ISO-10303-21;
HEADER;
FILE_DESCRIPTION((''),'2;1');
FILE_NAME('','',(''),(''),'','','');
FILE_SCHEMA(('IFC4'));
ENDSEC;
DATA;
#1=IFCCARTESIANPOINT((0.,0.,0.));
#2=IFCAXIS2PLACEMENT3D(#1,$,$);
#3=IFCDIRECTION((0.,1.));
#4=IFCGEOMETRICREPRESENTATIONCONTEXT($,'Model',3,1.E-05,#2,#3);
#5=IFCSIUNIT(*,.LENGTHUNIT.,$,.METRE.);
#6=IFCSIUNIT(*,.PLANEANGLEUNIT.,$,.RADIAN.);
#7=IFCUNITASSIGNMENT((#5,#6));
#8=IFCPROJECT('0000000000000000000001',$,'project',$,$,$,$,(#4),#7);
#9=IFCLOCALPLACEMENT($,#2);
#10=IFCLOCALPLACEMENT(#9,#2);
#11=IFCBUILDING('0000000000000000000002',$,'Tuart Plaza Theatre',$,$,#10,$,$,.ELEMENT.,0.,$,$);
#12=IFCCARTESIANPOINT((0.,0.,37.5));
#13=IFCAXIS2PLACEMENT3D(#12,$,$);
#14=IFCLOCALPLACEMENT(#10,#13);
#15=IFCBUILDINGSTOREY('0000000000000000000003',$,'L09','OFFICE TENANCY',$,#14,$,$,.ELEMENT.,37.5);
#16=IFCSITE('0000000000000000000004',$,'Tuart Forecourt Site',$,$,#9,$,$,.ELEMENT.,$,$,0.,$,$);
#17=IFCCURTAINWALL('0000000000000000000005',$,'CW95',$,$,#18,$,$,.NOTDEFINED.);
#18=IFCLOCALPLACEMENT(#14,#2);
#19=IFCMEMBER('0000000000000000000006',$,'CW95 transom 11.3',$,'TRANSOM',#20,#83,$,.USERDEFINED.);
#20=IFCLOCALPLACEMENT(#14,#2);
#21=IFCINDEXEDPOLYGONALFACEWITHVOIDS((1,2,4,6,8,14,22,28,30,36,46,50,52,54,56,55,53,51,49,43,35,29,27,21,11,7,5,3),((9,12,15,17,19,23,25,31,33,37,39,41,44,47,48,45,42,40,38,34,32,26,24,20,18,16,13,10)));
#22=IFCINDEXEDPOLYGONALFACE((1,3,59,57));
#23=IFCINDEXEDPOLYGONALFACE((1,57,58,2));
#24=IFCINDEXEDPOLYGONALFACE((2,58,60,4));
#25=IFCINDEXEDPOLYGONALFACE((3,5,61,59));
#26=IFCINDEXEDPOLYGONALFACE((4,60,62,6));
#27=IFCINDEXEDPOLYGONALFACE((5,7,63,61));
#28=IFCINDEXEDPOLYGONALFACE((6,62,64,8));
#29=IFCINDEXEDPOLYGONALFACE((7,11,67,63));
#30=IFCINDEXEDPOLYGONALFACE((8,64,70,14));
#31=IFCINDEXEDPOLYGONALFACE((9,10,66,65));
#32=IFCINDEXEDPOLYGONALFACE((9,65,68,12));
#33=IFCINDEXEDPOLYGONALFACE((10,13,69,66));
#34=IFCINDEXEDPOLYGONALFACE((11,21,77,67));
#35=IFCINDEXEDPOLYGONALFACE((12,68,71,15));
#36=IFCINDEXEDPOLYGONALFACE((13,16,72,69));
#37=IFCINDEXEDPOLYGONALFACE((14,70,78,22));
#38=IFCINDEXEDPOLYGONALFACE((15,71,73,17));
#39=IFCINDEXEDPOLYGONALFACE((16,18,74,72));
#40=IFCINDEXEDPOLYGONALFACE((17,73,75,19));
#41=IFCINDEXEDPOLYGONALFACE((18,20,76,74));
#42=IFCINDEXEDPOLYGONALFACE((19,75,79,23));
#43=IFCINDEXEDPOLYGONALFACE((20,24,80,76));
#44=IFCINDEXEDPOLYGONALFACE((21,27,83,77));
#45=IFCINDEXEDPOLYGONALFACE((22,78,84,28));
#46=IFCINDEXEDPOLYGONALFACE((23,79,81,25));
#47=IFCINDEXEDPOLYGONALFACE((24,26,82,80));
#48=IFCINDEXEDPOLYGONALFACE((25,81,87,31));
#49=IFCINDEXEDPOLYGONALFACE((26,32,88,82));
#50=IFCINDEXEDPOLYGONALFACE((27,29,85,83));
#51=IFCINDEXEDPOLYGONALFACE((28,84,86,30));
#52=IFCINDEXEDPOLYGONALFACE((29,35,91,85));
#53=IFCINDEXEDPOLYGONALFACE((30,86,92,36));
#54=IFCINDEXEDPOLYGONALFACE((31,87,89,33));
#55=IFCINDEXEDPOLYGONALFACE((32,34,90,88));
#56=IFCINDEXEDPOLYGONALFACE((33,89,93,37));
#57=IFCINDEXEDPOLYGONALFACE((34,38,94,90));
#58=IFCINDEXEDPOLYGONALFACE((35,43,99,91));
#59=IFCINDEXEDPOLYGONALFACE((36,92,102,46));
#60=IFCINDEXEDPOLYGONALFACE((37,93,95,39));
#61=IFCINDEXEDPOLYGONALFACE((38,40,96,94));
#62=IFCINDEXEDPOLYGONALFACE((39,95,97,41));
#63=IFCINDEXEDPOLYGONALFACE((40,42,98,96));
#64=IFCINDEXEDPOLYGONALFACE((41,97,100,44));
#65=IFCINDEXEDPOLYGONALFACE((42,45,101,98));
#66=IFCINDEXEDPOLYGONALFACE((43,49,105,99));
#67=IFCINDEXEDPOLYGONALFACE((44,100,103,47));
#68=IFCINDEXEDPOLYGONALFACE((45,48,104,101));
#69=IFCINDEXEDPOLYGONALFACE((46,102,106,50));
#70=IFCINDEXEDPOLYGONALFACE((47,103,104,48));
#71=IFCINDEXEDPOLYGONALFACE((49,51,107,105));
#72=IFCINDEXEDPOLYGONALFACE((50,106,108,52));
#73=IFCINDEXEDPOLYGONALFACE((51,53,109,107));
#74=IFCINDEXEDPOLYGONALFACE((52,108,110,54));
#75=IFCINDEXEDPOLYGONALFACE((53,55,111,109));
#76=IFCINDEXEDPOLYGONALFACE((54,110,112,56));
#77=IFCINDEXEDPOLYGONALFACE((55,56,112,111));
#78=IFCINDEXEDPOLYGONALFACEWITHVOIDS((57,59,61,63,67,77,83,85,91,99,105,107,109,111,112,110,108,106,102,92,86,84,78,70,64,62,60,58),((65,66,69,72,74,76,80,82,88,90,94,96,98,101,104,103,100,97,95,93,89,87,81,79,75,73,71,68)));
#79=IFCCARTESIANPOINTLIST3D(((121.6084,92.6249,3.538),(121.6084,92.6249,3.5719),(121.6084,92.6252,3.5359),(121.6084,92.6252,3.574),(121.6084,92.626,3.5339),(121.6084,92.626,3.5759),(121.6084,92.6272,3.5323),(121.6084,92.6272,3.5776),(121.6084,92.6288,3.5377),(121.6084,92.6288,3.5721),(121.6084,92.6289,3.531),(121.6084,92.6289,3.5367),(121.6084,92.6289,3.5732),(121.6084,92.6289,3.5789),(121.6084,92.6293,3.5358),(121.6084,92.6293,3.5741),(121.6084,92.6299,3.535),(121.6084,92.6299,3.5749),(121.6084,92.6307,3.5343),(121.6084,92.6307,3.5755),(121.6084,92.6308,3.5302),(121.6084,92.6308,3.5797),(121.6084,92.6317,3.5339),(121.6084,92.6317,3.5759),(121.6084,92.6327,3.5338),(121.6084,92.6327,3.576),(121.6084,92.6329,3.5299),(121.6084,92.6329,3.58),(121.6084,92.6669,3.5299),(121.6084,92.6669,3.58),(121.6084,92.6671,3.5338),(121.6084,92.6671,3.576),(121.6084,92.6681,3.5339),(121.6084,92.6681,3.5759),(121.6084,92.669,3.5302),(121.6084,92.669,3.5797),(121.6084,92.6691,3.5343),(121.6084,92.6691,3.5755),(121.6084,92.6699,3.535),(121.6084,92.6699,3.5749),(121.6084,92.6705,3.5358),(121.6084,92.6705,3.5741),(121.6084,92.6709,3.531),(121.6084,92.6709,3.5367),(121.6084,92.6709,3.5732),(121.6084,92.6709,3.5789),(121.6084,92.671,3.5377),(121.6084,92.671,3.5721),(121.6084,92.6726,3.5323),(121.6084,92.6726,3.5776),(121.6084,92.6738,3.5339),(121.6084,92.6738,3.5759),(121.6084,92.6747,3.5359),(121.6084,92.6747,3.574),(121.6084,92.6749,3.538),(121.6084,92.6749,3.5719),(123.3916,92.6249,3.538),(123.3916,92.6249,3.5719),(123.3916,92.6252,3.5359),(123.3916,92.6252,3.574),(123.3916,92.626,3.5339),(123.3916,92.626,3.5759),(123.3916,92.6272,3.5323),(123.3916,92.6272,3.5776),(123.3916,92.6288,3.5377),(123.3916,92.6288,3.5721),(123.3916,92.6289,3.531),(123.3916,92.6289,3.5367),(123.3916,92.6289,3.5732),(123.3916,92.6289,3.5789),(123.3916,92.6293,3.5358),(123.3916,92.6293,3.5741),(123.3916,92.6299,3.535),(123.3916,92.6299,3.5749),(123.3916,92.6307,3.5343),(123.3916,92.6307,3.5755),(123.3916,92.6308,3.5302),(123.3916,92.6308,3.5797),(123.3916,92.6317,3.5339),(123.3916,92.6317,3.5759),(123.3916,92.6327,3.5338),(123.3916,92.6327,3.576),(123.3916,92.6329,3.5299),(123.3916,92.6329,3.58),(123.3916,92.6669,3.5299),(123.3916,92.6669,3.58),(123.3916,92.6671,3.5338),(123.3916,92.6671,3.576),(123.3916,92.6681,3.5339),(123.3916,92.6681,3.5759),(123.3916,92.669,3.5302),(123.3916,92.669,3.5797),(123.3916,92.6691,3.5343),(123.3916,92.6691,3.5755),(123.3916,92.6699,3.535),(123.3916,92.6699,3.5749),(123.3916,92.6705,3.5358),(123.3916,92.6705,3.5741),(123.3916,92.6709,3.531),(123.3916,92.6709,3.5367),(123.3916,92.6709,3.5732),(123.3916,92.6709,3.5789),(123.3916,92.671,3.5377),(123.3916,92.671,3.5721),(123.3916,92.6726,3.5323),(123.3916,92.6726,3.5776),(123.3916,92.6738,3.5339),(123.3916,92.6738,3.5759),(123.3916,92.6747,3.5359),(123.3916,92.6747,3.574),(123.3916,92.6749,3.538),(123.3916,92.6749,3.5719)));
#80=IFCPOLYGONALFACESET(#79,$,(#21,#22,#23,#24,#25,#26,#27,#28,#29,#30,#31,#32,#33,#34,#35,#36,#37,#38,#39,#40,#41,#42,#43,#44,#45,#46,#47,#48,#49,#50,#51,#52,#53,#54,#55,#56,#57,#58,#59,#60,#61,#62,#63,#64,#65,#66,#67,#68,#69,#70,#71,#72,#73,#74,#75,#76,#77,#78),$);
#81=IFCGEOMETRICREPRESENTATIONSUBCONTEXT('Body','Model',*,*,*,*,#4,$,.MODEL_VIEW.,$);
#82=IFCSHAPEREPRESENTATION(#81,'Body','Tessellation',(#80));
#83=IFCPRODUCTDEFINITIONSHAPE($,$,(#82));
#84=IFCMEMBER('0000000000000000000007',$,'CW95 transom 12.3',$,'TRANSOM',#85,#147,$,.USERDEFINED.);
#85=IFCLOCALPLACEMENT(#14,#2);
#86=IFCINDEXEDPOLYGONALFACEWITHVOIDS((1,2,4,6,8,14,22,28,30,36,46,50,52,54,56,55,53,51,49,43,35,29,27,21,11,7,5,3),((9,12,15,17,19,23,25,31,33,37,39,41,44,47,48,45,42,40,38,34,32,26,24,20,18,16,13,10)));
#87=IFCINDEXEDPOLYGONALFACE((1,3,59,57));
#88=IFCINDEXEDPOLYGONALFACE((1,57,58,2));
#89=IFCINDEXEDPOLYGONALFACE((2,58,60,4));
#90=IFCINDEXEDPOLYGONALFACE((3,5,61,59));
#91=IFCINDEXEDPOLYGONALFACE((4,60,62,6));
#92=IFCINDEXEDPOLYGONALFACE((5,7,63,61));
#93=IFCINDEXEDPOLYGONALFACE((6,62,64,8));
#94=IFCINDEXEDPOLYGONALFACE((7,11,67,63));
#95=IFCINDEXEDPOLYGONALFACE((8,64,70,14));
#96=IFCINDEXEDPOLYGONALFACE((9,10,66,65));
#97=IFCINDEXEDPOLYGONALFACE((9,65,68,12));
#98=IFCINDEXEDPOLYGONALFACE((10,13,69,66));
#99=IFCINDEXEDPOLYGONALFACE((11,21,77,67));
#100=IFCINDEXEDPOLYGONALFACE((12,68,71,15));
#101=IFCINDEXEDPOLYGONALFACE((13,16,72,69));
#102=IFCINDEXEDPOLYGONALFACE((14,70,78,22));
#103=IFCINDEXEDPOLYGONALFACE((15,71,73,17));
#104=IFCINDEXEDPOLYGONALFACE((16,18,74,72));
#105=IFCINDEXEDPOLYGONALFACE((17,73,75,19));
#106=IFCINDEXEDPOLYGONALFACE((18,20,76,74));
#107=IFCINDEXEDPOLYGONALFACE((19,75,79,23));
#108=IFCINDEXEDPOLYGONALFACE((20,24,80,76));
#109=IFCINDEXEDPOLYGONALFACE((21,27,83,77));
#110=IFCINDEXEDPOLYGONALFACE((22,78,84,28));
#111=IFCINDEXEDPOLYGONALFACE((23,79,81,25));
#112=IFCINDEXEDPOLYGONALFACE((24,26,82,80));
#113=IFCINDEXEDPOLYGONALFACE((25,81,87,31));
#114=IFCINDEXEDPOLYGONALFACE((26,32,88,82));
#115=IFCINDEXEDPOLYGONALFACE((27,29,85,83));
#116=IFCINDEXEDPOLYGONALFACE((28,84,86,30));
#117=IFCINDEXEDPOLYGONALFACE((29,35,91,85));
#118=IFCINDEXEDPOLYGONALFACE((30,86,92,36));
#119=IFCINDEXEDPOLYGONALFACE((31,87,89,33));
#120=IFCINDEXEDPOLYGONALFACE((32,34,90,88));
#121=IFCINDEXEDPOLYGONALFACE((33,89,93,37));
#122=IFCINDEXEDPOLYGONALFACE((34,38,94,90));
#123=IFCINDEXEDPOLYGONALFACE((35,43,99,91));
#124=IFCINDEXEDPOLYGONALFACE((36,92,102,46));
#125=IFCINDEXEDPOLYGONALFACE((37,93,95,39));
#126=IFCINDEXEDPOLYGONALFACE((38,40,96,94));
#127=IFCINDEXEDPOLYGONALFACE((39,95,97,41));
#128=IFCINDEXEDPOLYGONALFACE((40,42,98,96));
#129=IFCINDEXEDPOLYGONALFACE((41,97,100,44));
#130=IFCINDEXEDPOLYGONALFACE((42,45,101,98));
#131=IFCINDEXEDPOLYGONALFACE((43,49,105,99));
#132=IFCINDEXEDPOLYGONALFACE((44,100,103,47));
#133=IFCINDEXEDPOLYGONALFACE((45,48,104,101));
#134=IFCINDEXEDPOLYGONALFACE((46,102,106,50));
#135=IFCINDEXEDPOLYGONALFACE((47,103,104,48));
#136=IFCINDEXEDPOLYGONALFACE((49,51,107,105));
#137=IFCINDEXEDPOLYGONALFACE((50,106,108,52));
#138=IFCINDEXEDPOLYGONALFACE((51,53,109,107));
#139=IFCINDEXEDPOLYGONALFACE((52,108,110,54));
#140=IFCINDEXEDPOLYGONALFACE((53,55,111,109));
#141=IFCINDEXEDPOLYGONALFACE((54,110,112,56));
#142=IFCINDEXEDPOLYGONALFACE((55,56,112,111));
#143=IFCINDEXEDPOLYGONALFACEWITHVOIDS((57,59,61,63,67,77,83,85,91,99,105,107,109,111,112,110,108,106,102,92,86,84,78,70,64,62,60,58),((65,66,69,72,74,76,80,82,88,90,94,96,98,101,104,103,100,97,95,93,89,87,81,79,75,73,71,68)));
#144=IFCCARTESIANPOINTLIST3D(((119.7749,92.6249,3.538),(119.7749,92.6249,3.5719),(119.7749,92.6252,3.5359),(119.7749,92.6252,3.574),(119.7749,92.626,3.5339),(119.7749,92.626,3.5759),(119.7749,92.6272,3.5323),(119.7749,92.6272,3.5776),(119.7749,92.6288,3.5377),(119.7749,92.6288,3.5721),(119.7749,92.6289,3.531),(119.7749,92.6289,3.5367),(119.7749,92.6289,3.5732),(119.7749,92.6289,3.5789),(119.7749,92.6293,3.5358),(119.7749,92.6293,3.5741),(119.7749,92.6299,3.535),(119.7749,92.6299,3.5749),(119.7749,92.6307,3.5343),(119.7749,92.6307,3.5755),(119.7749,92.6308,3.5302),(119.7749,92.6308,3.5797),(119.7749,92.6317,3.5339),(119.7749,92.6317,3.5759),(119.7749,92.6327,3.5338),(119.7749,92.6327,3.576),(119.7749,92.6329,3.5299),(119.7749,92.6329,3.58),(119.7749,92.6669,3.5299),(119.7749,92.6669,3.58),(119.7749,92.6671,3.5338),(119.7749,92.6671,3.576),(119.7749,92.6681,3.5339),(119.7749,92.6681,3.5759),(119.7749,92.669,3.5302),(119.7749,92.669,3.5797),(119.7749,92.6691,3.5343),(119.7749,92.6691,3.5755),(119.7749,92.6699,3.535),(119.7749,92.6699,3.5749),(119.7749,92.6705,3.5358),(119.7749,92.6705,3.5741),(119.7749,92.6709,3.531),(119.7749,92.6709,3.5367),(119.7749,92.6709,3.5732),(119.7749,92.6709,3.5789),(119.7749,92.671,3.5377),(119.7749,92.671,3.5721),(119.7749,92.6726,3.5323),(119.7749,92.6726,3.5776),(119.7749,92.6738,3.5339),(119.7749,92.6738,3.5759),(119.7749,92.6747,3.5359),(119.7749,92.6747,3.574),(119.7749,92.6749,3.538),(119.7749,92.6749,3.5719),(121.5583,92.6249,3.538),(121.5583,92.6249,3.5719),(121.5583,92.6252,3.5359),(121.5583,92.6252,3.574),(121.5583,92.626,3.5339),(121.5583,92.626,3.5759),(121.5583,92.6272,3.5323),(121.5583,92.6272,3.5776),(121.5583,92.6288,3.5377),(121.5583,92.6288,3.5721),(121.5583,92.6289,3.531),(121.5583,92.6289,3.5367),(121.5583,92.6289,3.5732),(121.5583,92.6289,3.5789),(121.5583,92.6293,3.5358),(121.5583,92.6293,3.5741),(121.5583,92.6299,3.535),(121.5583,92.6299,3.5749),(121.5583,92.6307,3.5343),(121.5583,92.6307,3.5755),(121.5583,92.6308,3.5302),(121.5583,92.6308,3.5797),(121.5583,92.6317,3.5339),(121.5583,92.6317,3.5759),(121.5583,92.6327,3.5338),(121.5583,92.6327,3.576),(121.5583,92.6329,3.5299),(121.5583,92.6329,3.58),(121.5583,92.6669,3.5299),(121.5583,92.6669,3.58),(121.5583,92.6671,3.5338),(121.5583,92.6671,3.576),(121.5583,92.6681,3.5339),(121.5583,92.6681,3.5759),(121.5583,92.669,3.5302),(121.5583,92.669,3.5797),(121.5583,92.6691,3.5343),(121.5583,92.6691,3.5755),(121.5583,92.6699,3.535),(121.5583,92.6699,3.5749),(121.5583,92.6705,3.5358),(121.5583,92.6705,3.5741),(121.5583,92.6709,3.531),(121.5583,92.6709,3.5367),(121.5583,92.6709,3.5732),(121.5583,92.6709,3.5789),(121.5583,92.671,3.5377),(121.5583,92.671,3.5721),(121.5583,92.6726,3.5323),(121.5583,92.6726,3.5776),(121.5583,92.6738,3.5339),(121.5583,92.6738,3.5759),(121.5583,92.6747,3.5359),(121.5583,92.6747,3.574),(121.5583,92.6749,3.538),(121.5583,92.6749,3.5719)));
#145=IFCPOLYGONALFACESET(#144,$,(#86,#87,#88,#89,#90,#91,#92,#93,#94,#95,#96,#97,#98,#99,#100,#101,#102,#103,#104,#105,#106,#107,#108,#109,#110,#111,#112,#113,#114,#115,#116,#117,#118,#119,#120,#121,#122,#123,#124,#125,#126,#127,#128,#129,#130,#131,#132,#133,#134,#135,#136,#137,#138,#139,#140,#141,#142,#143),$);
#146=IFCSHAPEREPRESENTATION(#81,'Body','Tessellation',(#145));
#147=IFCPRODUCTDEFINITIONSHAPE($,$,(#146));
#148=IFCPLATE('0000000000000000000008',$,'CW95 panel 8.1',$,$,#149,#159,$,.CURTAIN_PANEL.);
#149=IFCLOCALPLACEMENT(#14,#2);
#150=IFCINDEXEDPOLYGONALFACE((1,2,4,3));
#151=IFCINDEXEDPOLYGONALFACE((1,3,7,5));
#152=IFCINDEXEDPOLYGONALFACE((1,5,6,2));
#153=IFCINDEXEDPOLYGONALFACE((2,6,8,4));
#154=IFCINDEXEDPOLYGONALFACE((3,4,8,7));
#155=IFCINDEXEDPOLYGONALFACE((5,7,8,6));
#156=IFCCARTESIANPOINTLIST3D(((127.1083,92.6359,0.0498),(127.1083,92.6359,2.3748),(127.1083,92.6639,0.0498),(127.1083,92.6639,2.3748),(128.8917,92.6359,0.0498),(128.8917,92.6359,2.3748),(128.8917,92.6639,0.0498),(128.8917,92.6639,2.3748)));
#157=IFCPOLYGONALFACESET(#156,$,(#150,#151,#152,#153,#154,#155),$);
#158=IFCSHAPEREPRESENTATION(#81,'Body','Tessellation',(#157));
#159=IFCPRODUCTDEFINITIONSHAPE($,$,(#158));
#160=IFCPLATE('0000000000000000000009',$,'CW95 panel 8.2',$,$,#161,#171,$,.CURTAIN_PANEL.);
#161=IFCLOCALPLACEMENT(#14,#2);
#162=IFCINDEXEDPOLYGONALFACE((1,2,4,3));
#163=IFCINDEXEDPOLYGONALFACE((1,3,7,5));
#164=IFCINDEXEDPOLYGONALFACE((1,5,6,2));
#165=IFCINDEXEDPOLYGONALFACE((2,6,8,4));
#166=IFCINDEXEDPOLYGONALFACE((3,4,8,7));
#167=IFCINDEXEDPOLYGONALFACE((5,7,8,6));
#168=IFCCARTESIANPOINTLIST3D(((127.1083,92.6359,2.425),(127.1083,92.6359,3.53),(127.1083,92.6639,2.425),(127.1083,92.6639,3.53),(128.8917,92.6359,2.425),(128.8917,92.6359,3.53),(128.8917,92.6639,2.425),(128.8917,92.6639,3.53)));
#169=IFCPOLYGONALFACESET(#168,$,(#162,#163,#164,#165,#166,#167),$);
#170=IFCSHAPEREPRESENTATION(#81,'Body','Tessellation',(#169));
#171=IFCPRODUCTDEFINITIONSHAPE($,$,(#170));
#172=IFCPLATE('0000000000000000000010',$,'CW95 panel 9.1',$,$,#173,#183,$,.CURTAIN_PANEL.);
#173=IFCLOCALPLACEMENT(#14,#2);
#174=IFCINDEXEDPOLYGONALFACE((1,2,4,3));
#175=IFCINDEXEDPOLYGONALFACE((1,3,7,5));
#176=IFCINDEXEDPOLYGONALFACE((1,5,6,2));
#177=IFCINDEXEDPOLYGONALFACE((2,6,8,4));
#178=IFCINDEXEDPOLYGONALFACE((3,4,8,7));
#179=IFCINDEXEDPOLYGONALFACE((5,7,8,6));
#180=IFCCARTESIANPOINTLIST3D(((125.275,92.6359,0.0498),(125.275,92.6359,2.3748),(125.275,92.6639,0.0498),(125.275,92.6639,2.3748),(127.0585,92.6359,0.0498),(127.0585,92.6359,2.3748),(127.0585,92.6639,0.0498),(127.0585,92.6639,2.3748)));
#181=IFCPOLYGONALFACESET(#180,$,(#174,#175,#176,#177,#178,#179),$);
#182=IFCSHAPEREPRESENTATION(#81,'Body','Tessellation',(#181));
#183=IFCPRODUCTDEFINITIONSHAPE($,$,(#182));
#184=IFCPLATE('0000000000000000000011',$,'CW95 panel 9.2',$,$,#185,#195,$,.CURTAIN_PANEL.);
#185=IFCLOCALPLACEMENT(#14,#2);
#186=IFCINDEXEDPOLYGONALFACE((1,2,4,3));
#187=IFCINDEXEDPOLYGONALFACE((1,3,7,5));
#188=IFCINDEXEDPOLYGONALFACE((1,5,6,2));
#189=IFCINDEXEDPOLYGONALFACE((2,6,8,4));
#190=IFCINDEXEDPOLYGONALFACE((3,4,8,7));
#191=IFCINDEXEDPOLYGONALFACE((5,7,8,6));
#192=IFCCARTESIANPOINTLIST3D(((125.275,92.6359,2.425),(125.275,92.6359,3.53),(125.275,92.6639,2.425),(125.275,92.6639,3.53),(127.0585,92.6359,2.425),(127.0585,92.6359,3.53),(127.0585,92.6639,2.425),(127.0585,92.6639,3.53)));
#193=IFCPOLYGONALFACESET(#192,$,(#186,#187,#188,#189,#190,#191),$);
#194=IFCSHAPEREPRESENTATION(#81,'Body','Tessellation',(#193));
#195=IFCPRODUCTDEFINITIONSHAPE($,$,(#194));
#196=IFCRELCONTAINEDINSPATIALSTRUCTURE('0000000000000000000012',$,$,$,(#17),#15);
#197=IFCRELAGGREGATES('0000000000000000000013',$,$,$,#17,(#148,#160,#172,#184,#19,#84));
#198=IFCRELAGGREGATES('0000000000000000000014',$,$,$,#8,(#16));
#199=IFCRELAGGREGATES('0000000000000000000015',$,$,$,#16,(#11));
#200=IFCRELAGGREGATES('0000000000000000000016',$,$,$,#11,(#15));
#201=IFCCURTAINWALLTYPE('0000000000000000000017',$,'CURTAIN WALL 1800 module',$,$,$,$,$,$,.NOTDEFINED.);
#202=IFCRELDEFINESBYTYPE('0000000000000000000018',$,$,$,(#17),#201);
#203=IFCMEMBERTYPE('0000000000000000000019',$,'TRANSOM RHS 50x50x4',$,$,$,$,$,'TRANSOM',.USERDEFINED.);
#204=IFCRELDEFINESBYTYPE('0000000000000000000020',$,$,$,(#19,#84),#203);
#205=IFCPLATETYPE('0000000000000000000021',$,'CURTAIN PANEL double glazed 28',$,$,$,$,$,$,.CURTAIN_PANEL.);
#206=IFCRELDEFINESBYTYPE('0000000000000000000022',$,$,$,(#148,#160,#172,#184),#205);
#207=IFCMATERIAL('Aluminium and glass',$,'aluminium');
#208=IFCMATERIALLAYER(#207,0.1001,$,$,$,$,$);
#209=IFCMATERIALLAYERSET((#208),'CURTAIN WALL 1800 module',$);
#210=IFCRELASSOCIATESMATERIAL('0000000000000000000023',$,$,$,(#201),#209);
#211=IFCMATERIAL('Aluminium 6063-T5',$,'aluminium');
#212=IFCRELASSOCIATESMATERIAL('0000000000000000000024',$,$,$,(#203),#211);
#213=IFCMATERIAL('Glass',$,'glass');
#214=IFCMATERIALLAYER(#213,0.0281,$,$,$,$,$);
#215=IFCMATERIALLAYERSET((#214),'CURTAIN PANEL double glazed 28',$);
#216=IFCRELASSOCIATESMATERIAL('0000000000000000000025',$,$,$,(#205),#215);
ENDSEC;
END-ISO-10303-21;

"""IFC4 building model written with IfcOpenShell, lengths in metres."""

from ifc_helpers import new_model, si_unit, direction, frame, origin, origin_2d, place, context, subcontext, project, spatial, rectangle, hollow_rectangle, extrude, material, layer, layer_set, material_profile, profile_set, type_object, element, aggregate, save


model = new_model("IFC4")

# Units and contexts
model_context = context("Model", 3, precision=1e-05, world=origin(), true_north=direction((0.0, 1.0)))
body_context = subcontext(model_context, "Body", "Model", "MODEL_VIEW")
ifc_project = project(units=[si_unit("LENGTHUNIT", "METRE"), si_unit("PLANEANGLEUNIT", "RADIAN")], contexts=[model_context])

# Site, building, storey
site_placement = place(None, origin())
site = spatial("IfcSite", under=ifc_project, at=site_placement, Name="Tuart Forecourt Site", CompositionType="ELEMENT", RefElevation=0.0)
building_placement = place(site_placement, origin())
building = spatial("IfcBuilding", under=site, at=building_placement, Name="Tuart Plaza Theatre", CompositionType="ELEMENT", ElevationOfRefHeight=0.0)
storey_placement = place(building_placement, frame((0.0, 0.0, 37.5)))
storey = spatial("IfcBuildingStorey", under=building, at=storey_placement, Name="L09", Description="OFFICE TENANCY", CompositionType="ELEMENT", Elevation=37.5)

# Curtain wall, members, plates
ifc_material_1 = material(Name="Aluminium and glass", Category="aluminium")
ifc_layer_1 = layer(ifc_material_1, 0.1001)
ifc_layer_set_1 = layer_set([ifc_layer_1], Name="CURTAIN WALL 1800 module")
curtain_wall_type = type_object("IfcCurtainWallType", Name="CURTAIN WALL 1800 module", PredefinedType="NOTDEFINED", material=ifc_layer_set_1)
curtain_wall_placement = place(storey_placement, origin())
curtain_wall = element("IfcCurtainWall", 1, at=curtain_wall_placement, inside=storey, type_object=curtain_wall_type, Name="CW95", PredefinedType="NOTDEFINED")
ifc_material_2 = material(Name="Aluminium 6063-T5", Category="aluminium")
ifc_material_profile_1 = material_profile(ifc_material_2, hollow_rectangle(XDim=0.05, YDim=0.05, WallThickness=0.0039, InnerFilletRadius=0.0039, OuterFilletRadius=0.0081, at=origin_2d()), Name="RHS 50x50x4")
ifc_profile_set_1 = profile_set([ifc_material_profile_1], Name="Aluminium 6063-T5")
member_type_1 = type_object("IfcMemberType", Name="TRANSOM RHS 50x50x4", ElementType="TRANSOM", PredefinedType="USERDEFINED", material=ifc_profile_set_1)
member_1_placement = place(storey_placement, frame((123.3916, 92.6499, 3.5549), z_axis=(-1.0, 0.0, 0.0), x_axis=(0.0, -1.0, 0.0)))
member_1 = element("IfcMember", 2, at=member_1_placement, type_object=member_type_1, Name="CW95 transom 11.3", ObjectType="TRANSOM", PredefinedType="USERDEFINED", context=body_context, shape_type="SweptSolid", body=[
    extrude(hollow_rectangle(XDim=0.05, YDim=0.05, WallThickness=0.0039, InnerFilletRadius=0.0039, OuterFilletRadius=0.0081, at=origin_2d()), origin(), (0.0, 0.0, 1.0), 1.7832),
])
member_2_placement = place(storey_placement, frame((121.5583, 92.6499, 3.5549), z_axis=(-1.0, 0.0, 0.0), x_axis=(0.0, -1.0, 0.0)))
member_2 = element("IfcMember", 3, at=member_2_placement, type_object=member_type_1, Name="CW95 transom 12.3", ObjectType="TRANSOM", PredefinedType="USERDEFINED", context=body_context, shape_type="SweptSolid", body=[
    extrude(hollow_rectangle(XDim=0.05, YDim=0.05, WallThickness=0.0039, InnerFilletRadius=0.0039, OuterFilletRadius=0.0081, at=origin_2d()), origin(), (0.0, 0.0, 1.0), 1.7834),
])
ifc_material_3 = material(Name="Glass", Category="glass")
ifc_layer_2 = layer(ifc_material_3, 0.0281)
ifc_layer_set_2 = layer_set([ifc_layer_2], Name="CURTAIN PANEL double glazed 28")
plate_type = type_object("IfcPlateType", Name="CURTAIN PANEL double glazed 28", PredefinedType="CURTAIN_PANEL", material=ifc_layer_set_2)
plate_1_placement = place(storey_placement, frame((128.0, 92.6499, 0.0498), z_axis=(0.0, 0.0, 1.0), x_axis=(-1.0, 0.0, 0.0)))
plate_1 = element("IfcPlate", 4, at=plate_1_placement, type_object=plate_type, Name="CW95 panel 8.1", PredefinedType="CURTAIN_PANEL", context=body_context, shape_type="SweptSolid", body=[
    extrude(rectangle(XDim=1.7834, YDim=0.0281, at=origin_2d()), origin(), (0.0, 0.0, 1.0), 2.325),
])
plate_2_placement = place(storey_placement, frame((128.0, 92.6499, 2.425), z_axis=(0.0, 0.0, 1.0), x_axis=(-1.0, 0.0, 0.0)))
plate_2 = element("IfcPlate", 5, at=plate_2_placement, type_object=plate_type, Name="CW95 panel 8.2", PredefinedType="CURTAIN_PANEL", context=body_context, shape_type="SweptSolid", body=[
    extrude(rectangle(XDim=1.7834, YDim=0.0281, at=origin_2d()), origin(), (0.0, 0.0, 1.0), 1.105),
])
plate_3_placement = place(storey_placement, frame((126.1667, 92.6499, 0.0498), z_axis=(0.0, 0.0, 1.0), x_axis=(-1.0, 0.0, 0.0)))
plate_3 = element("IfcPlate", 6, at=plate_3_placement, type_object=plate_type, Name="CW95 panel 9.1", PredefinedType="CURTAIN_PANEL", context=body_context, shape_type="SweptSolid", body=[
    extrude(rectangle(XDim=1.7834, YDim=0.0281, at=origin_2d()), origin(), (0.0, 0.0, 1.0), 2.325),
])
plate_4_placement = place(storey_placement, frame((126.1667, 92.6499, 2.425), z_axis=(0.0, 0.0, 1.0), x_axis=(-1.0, 0.0, 0.0)))
plate_4 = element("IfcPlate", 7, at=plate_4_placement, type_object=plate_type, Name="CW95 panel 9.2", PredefinedType="CURTAIN_PANEL", context=body_context, shape_type="SweptSolid", body=[
    extrude(rectangle(XDim=1.7834, YDim=0.0281, at=origin_2d()), origin(), (0.0, 0.0, 1.0), 1.105),
])
aggregate(curtain_wall, [plate_1, plate_2, plate_3, plate_4, member_1, member_2])

save(model, "model.ifc")
